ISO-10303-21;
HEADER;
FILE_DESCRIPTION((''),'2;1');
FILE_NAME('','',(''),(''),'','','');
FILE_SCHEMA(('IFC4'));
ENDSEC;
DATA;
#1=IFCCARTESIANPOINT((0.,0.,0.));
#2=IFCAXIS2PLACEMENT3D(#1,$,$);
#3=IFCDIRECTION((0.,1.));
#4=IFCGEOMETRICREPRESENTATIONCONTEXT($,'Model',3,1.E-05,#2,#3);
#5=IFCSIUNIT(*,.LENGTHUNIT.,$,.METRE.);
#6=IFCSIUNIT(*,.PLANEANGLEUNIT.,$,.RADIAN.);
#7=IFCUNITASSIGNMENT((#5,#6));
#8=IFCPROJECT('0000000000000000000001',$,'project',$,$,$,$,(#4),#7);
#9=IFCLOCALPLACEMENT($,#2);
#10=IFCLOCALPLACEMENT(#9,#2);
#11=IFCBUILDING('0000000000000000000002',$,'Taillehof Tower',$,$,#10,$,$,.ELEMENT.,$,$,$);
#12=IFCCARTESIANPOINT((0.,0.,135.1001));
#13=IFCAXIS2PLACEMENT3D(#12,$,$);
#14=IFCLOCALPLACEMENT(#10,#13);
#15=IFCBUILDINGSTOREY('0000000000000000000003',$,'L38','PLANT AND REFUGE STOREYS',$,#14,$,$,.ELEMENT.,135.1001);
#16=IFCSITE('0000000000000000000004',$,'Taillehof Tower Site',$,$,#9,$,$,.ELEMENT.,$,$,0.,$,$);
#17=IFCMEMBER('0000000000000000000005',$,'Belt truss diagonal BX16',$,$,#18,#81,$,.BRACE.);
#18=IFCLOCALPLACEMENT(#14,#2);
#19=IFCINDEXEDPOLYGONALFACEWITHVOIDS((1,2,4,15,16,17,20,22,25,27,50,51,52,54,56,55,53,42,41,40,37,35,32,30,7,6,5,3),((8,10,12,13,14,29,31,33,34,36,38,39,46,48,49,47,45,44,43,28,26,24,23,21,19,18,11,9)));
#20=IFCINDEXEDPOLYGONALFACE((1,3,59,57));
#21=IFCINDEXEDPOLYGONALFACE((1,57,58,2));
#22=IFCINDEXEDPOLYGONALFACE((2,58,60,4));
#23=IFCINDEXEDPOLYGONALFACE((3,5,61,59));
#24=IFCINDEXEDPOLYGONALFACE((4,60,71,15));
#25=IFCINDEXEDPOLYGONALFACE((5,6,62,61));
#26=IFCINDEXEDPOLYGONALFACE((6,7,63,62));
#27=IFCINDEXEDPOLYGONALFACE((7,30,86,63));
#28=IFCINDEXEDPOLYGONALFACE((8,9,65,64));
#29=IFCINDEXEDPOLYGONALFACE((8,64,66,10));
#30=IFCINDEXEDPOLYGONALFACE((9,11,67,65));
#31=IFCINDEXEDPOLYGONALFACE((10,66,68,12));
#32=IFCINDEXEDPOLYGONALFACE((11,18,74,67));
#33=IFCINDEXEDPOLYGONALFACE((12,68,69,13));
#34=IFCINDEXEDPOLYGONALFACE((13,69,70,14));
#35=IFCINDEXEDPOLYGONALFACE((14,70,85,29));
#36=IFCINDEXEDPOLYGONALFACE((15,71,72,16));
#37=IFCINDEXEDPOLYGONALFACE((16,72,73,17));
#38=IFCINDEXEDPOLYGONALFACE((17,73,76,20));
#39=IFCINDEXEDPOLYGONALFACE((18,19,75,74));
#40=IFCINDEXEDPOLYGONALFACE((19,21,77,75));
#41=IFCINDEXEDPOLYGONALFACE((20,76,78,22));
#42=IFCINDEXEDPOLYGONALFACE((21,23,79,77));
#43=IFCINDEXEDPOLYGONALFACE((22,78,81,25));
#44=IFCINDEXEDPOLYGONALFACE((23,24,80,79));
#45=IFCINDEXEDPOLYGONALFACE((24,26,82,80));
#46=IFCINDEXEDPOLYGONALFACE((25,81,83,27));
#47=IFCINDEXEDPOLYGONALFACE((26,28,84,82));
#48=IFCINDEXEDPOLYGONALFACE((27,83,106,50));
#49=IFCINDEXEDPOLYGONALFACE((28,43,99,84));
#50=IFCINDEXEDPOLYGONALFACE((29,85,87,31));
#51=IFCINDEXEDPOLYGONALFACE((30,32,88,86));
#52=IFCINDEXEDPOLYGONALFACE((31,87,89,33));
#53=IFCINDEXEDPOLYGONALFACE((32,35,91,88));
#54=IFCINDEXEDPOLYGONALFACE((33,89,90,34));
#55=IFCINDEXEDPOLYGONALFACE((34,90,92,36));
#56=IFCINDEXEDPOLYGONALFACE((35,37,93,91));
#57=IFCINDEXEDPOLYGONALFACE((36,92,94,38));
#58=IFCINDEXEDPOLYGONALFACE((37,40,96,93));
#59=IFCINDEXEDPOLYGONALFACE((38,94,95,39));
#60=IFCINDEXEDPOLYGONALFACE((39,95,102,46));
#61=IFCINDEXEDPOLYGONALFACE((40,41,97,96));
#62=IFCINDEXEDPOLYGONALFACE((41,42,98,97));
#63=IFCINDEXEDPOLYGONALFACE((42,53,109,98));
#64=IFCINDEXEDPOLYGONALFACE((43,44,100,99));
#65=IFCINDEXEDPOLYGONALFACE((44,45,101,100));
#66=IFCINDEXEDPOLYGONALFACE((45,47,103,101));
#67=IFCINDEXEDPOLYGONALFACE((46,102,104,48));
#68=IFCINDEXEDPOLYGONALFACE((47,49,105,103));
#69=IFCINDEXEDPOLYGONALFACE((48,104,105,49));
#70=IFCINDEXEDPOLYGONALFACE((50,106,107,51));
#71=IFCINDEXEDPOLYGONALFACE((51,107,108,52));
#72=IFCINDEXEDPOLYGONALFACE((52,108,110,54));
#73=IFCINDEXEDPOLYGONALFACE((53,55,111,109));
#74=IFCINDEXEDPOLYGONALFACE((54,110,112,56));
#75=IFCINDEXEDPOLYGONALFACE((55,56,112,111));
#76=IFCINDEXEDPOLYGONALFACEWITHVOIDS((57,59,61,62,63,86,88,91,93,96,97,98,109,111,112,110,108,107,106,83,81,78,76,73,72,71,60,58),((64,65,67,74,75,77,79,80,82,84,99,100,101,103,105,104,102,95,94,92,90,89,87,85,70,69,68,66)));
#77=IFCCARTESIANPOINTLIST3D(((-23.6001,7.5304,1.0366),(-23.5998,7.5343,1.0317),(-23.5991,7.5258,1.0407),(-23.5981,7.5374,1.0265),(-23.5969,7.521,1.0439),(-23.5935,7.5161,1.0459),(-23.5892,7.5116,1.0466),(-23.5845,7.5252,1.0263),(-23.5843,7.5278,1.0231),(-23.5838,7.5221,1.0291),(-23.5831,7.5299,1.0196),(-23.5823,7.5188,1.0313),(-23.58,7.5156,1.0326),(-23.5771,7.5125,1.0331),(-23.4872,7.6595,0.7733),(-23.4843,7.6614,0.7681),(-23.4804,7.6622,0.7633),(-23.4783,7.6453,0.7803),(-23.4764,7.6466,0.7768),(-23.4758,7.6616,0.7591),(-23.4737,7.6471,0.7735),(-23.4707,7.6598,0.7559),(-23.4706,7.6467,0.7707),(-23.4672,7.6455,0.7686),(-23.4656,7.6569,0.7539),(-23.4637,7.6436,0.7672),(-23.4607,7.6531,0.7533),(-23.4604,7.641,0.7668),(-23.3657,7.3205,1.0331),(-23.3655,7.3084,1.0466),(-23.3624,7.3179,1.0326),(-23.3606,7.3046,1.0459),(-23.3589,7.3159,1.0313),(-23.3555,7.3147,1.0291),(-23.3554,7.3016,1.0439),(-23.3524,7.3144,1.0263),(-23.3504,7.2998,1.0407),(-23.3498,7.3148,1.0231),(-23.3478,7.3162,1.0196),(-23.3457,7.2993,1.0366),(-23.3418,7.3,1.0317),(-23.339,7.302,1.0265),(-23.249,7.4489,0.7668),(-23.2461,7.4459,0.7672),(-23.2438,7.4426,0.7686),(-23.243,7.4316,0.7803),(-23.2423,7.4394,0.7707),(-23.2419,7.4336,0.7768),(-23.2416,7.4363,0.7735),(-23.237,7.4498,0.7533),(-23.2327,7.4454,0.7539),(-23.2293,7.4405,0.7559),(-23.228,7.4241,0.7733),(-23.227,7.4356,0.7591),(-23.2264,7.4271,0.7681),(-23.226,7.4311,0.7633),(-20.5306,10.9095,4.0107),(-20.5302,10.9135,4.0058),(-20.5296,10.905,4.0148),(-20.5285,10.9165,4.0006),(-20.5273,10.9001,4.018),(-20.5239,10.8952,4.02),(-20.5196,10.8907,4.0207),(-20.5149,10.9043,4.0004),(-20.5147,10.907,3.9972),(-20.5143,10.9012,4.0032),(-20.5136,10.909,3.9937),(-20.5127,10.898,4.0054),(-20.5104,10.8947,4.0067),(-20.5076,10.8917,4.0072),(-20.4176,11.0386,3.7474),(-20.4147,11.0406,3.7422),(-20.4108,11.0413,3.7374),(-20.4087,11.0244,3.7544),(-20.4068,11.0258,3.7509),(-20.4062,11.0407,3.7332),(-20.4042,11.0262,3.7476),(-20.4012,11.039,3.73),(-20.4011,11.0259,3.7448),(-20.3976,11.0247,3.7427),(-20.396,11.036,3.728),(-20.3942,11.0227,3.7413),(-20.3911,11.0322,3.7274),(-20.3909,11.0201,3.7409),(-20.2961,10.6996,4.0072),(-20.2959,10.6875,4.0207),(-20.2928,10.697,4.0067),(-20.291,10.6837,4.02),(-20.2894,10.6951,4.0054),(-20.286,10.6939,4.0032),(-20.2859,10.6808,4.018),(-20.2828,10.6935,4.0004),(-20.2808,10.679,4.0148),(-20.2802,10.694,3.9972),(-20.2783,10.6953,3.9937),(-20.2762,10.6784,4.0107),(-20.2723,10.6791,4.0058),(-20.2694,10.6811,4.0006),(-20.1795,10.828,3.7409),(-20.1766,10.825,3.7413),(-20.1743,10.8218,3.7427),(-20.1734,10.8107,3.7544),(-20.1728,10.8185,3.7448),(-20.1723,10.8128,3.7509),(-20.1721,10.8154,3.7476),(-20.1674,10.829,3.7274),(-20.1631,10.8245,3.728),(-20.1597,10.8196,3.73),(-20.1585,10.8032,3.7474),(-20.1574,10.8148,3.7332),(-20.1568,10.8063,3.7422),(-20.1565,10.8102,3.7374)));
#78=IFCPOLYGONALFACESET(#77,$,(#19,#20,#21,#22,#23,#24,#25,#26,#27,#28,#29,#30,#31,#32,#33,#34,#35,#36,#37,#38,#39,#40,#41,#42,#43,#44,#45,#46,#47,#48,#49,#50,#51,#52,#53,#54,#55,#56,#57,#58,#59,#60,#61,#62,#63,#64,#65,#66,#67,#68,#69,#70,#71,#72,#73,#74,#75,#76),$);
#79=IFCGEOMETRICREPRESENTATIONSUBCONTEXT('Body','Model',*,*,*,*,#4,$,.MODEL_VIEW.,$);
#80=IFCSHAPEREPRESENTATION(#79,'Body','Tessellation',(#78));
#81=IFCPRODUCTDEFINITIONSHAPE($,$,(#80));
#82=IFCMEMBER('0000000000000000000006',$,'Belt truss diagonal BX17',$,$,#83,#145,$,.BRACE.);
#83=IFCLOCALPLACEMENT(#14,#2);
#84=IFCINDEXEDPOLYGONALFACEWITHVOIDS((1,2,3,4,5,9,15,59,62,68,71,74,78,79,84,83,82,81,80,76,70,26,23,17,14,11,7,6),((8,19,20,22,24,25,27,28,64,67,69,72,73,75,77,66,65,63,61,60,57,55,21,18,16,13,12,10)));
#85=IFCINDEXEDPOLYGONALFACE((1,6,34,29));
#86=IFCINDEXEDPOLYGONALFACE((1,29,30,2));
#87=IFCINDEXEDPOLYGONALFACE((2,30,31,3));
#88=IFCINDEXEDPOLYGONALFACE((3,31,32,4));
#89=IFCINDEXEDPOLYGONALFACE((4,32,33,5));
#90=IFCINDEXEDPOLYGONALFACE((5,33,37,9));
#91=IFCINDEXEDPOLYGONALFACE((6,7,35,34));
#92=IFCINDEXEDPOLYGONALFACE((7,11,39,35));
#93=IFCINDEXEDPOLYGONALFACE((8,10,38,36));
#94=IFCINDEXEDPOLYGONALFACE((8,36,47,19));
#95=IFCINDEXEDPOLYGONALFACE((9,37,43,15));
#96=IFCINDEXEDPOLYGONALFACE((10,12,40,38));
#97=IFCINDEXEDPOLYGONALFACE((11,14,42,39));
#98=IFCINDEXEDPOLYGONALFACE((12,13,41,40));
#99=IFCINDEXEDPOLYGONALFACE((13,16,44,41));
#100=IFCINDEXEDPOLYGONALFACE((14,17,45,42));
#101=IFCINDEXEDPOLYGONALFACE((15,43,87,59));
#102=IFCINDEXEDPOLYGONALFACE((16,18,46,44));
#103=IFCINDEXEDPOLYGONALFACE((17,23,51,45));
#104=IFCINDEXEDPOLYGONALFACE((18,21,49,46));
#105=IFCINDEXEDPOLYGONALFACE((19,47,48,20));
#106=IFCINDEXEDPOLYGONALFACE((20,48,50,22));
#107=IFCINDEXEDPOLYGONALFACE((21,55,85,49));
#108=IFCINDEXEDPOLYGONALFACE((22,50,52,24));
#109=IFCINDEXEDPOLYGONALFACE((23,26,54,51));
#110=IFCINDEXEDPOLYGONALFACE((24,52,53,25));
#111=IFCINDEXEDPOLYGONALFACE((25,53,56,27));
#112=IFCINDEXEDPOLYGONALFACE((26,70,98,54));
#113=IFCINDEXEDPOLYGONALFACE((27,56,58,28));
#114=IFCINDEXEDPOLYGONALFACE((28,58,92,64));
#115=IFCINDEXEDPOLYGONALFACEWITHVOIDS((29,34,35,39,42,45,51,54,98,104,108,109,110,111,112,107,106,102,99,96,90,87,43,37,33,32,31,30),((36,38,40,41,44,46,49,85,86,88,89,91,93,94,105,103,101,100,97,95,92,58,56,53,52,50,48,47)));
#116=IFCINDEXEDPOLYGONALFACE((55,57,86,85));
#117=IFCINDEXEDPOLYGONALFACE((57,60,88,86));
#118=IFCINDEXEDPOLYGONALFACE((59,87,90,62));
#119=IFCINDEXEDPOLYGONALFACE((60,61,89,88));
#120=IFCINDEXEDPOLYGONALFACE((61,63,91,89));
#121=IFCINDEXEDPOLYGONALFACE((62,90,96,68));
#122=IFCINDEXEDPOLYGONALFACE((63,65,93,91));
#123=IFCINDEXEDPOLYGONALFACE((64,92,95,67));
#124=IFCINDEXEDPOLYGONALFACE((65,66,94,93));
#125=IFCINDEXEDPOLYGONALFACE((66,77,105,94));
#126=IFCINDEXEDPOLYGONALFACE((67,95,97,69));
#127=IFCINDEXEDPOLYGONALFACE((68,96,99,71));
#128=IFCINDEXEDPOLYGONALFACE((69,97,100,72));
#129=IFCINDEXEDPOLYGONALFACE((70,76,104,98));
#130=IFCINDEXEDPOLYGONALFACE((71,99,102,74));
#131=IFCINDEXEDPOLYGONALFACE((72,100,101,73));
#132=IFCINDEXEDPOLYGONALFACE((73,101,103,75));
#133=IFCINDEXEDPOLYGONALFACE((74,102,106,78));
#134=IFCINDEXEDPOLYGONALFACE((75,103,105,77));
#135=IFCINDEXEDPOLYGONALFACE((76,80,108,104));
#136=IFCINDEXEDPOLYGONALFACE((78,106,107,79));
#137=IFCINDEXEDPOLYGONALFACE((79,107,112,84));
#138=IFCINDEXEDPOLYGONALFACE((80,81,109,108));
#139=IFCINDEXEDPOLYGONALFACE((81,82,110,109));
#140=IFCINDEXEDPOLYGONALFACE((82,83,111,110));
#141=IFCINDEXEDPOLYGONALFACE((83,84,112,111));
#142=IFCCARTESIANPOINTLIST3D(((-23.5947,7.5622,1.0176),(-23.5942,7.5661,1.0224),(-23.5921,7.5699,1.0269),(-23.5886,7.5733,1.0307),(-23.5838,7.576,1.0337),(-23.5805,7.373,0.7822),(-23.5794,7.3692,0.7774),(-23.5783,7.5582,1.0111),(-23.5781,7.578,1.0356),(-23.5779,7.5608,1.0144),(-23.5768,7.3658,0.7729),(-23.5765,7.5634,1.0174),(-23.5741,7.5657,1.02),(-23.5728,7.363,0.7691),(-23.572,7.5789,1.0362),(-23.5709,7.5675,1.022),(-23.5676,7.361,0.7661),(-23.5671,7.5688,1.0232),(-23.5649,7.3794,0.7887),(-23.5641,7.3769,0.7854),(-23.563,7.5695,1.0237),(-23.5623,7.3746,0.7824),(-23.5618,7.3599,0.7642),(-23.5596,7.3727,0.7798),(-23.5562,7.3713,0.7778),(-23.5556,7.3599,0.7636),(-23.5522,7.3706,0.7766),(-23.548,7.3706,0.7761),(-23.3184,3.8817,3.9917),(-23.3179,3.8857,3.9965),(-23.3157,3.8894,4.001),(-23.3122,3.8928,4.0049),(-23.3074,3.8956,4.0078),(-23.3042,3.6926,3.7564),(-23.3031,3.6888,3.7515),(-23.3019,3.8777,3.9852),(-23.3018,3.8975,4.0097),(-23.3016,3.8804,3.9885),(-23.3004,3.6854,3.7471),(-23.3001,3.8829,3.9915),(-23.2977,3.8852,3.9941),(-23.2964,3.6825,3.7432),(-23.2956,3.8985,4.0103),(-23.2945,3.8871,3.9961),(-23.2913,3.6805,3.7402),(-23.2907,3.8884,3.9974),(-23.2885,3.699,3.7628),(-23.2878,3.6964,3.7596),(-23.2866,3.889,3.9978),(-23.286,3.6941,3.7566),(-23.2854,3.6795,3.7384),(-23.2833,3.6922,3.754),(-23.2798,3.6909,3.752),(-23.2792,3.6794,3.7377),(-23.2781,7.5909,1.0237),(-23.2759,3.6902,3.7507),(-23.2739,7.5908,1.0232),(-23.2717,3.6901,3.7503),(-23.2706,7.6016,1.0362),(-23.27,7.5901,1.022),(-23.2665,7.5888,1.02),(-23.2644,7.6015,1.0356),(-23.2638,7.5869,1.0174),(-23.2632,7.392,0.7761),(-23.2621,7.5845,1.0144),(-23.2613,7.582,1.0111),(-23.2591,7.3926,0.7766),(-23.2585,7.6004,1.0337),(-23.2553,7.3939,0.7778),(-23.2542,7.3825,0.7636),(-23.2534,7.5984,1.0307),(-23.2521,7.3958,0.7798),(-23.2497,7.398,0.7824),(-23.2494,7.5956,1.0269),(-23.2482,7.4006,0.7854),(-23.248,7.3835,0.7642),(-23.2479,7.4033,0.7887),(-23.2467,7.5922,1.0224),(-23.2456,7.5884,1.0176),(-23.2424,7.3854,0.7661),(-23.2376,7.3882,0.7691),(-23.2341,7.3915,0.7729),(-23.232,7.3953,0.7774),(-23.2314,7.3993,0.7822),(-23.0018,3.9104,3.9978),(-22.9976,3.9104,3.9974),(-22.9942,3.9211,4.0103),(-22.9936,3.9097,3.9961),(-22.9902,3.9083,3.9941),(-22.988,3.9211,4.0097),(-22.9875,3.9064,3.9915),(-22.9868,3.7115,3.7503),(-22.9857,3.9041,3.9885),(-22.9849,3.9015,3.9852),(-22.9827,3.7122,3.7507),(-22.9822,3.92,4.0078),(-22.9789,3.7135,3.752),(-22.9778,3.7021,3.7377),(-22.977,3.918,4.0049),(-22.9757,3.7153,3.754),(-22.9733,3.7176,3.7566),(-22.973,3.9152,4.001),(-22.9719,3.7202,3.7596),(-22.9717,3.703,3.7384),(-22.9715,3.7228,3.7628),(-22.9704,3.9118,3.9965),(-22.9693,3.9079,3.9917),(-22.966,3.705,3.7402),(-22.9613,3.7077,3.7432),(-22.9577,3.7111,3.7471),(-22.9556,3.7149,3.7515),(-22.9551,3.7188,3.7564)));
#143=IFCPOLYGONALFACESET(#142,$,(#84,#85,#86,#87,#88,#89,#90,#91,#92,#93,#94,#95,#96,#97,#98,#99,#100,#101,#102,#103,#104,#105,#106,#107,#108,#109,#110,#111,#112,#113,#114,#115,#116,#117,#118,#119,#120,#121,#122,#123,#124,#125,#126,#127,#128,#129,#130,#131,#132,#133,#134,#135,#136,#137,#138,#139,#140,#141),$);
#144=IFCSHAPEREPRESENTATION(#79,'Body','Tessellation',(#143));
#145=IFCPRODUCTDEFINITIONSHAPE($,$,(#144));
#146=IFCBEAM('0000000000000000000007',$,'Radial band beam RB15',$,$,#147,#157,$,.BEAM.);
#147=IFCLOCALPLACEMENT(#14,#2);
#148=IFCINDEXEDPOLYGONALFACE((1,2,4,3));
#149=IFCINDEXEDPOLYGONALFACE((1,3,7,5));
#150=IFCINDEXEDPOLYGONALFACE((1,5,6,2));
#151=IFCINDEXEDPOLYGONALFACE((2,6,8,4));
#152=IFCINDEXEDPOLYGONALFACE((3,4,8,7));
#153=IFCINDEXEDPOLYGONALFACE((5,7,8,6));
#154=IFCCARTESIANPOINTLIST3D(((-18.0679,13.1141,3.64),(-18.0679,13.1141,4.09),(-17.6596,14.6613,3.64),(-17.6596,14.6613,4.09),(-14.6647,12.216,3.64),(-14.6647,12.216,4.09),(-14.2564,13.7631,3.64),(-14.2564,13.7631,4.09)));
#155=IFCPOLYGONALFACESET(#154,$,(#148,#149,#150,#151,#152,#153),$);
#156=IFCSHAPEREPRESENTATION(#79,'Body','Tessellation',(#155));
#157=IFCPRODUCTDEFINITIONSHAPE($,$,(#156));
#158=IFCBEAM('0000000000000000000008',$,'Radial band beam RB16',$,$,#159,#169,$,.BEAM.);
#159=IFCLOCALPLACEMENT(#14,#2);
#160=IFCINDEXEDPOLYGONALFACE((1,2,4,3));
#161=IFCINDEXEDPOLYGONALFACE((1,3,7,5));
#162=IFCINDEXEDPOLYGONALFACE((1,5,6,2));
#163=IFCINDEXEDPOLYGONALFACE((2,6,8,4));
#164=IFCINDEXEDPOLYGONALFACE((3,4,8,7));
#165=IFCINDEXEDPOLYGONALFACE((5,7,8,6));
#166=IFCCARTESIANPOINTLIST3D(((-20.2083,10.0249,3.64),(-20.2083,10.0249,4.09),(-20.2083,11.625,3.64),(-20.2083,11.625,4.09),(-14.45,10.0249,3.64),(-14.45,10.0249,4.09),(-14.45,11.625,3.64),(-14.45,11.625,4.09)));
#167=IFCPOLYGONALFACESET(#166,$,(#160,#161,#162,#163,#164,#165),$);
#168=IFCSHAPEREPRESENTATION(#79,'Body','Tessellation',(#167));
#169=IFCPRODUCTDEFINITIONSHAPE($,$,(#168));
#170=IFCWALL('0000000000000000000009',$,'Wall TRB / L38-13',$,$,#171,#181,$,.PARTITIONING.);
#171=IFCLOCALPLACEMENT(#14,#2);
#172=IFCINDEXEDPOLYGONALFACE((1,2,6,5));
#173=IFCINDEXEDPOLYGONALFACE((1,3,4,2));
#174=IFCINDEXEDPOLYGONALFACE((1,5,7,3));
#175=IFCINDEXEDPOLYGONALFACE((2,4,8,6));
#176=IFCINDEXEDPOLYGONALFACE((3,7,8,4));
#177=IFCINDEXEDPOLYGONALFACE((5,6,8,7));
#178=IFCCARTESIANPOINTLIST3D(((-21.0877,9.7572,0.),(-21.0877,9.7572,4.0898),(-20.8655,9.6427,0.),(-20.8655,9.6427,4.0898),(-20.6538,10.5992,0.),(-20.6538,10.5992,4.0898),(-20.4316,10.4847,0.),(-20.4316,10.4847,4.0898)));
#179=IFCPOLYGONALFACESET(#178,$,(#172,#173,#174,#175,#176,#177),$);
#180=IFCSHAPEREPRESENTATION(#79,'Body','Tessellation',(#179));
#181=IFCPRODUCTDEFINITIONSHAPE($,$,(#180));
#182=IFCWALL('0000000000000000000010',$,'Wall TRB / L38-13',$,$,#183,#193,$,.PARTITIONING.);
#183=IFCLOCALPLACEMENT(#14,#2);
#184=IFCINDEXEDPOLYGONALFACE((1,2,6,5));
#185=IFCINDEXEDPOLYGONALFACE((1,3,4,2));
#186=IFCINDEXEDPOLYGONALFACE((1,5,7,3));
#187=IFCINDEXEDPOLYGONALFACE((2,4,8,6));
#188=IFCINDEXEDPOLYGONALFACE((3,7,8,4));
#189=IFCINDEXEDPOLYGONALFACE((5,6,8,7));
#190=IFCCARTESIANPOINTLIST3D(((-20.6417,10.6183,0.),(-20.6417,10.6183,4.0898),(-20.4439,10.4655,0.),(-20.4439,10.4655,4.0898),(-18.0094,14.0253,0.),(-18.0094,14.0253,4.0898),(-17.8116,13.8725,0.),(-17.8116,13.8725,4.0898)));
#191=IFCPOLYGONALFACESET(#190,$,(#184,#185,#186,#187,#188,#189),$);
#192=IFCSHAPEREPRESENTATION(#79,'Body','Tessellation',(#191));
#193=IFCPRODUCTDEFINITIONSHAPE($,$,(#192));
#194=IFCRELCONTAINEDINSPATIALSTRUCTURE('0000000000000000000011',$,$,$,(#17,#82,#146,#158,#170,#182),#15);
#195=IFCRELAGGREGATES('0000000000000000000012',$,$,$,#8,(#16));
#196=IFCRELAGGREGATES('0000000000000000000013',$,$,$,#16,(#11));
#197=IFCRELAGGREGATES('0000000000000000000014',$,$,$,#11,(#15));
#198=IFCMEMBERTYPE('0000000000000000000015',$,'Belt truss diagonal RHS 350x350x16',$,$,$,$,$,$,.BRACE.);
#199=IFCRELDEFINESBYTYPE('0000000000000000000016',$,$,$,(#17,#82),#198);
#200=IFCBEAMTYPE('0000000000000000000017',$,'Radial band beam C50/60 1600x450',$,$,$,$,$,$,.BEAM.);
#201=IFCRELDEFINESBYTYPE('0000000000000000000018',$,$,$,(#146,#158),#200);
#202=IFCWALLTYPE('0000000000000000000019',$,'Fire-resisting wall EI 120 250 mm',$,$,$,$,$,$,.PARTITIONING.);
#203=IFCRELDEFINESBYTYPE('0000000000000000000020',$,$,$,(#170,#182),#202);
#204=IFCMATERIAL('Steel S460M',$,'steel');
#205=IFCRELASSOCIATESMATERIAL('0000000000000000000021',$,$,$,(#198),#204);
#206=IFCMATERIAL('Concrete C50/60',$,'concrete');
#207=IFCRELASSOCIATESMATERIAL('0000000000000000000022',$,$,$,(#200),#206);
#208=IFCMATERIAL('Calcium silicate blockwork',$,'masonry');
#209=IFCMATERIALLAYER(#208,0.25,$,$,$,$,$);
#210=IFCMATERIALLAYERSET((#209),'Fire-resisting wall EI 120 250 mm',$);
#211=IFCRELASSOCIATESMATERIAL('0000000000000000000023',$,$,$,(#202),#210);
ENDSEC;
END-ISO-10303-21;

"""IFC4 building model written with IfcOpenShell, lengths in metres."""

from ifc_helpers import new_model, si_unit, direction, frame, frame_2d, origin, origin_2d, place, context, subcontext, project, spatial, rectangle, hollow_rectangle, extrude, material, layer, layer_set, material_profile, profile_set, type_object, element, save


model = new_model("IFC4")

# Units and contexts
model_context = context("Model", 3, precision=1e-05, world=origin(), true_north=direction((0.0, 1.0)))
body_context = subcontext(model_context, "Body", "Model", "MODEL_VIEW")
ifc_project = project(units=[si_unit("LENGTHUNIT", "METRE"), si_unit("PLANEANGLEUNIT", "RADIAN")], contexts=[model_context])

# Site, building, storey
site_placement = place(None, origin())
site = spatial("IfcSite", under=ifc_project, at=site_placement, Name="Taillehof Tower Site", CompositionType="ELEMENT", RefElevation=0.0)
building_placement = place(site_placement, origin())
building = spatial("IfcBuilding", under=site, at=building_placement, Name="Taillehof Tower", CompositionType="ELEMENT")
storey_placement = place(building_placement, frame((0.0, 0.0, 135.1001)))
storey = spatial("IfcBuildingStorey", under=building, at=storey_placement, Name="L38", Description="PLANT AND REFUGE STOREYS", CompositionType="ELEMENT", Elevation=135.1001)

# Members
ifc_material_1 = material(Name="Steel S460M", Category="steel")
ifc_material_profile_1 = material_profile(ifc_material_1, hollow_rectangle(XDim=0.3501, YDim=0.3501, WallThickness=0.0161, InnerFilletRadius=0.0161, OuterFilletRadius=0.0239, at=origin_2d()), Name="RHS 350x350x16")
ifc_profile_set_1 = profile_set([ifc_material_profile_1], Name="Steel S460M")
member_type_1 = type_object("IfcMemberType", Name="Belt truss diagonal RHS 350x350x16", PredefinedType="BRACE", material=ifc_profile_set_1)
member_1_placement = place(storey_placement, frame((-20.3435, 10.8599, 3.874), z_axis=(-0.563379, -0.620196, -0.545858), x_axis=(0.740199, -0.672388, 0.0)))
element("IfcMember", 1, at=member_1_placement, inside=storey, type_object=member_type_1, Name="Belt truss diagonal BX16", PredefinedType="BRACE", context=body_context, shape_type="SweptSolid", body=[
    extrude(hollow_rectangle(XDim=0.3501, YDim=0.3501, WallThickness=0.0161, InnerFilletRadius=0.0161, OuterFilletRadius=0.0239, at=origin_2d()), origin(), (0.0, 0.0, 1.0), 5.4485),
])
member_2_placement = place(storey_placement, frame((-23.4131, 7.4807, 0.8999), z_axis=(0.058306, -0.776466, 0.627456), x_axis=(0.997193, 0.07488, 0.0)))
element("IfcMember", 2, at=member_2_placement, inside=storey, type_object=member_type_1, Name="Belt truss diagonal BX17", PredefinedType="BRACE", context=body_context, shape_type="SweptSolid", body=[
    extrude(hollow_rectangle(XDim=0.3501, YDim=0.3501, WallThickness=0.0161, InnerFilletRadius=0.0161, OuterFilletRadius=0.0239, at=origin_2d()), origin(), (0.0, 0.0, 1.0), 4.74),
])

# Beams
ifc_material_2 = material(Name="Concrete C50/60", Category="concrete")
ifc_material_profile_2 = material_profile(ifc_material_2, rectangle(XDim=1.6001, YDim=0.45, at=origin_2d()), Name="RC 1600x450")
ifc_profile_set_2 = profile_set([ifc_material_profile_2], Name="Concrete C50/60")
beam_type = type_object("IfcBeamType", Name="Radial band beam C50/60 1600x450", PredefinedType="BEAM", material=ifc_profile_set_2)
beam_1_placement = place(storey_placement, frame((-17.8638, 13.8877, 3.865), z_axis=(0.966894, -0.255179, 0.0), x_axis=(0.255179, 0.966894, 0.0)))
element("IfcBeam", 3, at=beam_1_placement, inside=storey, type_object=beam_type, Name="Radial band beam RB15", PredefinedType="BEAM", context=body_context, shape_type="SweptSolid", body=[
    extrude(rectangle(XDim=1.6001, YDim=0.45, at=origin_2d()), origin(), (0.0, 0.0, 1.0), 3.5198),
])
beam_2_placement = place(storey_placement, frame((-20.2083, 10.825, 3.865), z_axis=(1.0, 0.0, 0.0), x_axis=(0.0, 1.0, 0.0)))
element("IfcBeam", 4, at=beam_2_placement, inside=storey, type_object=beam_type, Name="Radial band beam RB16", PredefinedType="BEAM", context=body_context, shape_type="SweptSolid", body=[
    extrude(rectangle(XDim=1.6001, YDim=0.45, at=origin_2d()), origin(), (0.0, 0.0, 1.0), 5.7583),
])

# Walls
ifc_material_3 = material(Name="Calcium silicate blockwork", Category="masonry")
ifc_layer_1 = layer(ifc_material_3, 0.25)
ifc_layer_set_1 = layer_set([ifc_layer_1], Name="Fire-resisting wall EI 120 250 mm")
wall_type_1 = type_object("IfcWallType", Name="Fire-resisting wall EI 120 250 mm", PredefinedType="PARTITIONING", material=ifc_layer_set_1)
wall_1_placement = place(storey_placement, frame((-20.5427, 10.542, 0.0), z_axis=(0.0, 0.0, 1.0), x_axis=(-0.458006, -0.888949, 0.0)))
element("IfcWall", 5, at=wall_1_placement, inside=storey, type_object=wall_type_1, Name="Wall TRB / L38-13", PredefinedType="PARTITIONING", context=body_context, shape_type="SweptSolid", body=[
    extrude(rectangle(XDim=0.9473, YDim=0.25, at=frame_2d((0.4736, 0.0))), origin(), (0.0, 0.0, 1.0), 4.0898),
])
wall_2_placement = place(storey_placement, frame((-17.9104, 13.949, 0.0), z_axis=(0.0, 0.0, 1.0), x_axis=(-0.611397, -0.791324, 0.0)))
element("IfcWall", 6, at=wall_2_placement, inside=storey, type_object=wall_type_1, Name="Wall TRB / L38-13", PredefinedType="PARTITIONING", context=body_context, shape_type="SweptSolid", body=[
    extrude(rectangle(XDim=4.3054, YDim=0.25, at=frame_2d((2.1528, 0.0))), origin(), (0.0, 0.0, 1.0), 4.0898),
])

save(model, "model.ifc")
